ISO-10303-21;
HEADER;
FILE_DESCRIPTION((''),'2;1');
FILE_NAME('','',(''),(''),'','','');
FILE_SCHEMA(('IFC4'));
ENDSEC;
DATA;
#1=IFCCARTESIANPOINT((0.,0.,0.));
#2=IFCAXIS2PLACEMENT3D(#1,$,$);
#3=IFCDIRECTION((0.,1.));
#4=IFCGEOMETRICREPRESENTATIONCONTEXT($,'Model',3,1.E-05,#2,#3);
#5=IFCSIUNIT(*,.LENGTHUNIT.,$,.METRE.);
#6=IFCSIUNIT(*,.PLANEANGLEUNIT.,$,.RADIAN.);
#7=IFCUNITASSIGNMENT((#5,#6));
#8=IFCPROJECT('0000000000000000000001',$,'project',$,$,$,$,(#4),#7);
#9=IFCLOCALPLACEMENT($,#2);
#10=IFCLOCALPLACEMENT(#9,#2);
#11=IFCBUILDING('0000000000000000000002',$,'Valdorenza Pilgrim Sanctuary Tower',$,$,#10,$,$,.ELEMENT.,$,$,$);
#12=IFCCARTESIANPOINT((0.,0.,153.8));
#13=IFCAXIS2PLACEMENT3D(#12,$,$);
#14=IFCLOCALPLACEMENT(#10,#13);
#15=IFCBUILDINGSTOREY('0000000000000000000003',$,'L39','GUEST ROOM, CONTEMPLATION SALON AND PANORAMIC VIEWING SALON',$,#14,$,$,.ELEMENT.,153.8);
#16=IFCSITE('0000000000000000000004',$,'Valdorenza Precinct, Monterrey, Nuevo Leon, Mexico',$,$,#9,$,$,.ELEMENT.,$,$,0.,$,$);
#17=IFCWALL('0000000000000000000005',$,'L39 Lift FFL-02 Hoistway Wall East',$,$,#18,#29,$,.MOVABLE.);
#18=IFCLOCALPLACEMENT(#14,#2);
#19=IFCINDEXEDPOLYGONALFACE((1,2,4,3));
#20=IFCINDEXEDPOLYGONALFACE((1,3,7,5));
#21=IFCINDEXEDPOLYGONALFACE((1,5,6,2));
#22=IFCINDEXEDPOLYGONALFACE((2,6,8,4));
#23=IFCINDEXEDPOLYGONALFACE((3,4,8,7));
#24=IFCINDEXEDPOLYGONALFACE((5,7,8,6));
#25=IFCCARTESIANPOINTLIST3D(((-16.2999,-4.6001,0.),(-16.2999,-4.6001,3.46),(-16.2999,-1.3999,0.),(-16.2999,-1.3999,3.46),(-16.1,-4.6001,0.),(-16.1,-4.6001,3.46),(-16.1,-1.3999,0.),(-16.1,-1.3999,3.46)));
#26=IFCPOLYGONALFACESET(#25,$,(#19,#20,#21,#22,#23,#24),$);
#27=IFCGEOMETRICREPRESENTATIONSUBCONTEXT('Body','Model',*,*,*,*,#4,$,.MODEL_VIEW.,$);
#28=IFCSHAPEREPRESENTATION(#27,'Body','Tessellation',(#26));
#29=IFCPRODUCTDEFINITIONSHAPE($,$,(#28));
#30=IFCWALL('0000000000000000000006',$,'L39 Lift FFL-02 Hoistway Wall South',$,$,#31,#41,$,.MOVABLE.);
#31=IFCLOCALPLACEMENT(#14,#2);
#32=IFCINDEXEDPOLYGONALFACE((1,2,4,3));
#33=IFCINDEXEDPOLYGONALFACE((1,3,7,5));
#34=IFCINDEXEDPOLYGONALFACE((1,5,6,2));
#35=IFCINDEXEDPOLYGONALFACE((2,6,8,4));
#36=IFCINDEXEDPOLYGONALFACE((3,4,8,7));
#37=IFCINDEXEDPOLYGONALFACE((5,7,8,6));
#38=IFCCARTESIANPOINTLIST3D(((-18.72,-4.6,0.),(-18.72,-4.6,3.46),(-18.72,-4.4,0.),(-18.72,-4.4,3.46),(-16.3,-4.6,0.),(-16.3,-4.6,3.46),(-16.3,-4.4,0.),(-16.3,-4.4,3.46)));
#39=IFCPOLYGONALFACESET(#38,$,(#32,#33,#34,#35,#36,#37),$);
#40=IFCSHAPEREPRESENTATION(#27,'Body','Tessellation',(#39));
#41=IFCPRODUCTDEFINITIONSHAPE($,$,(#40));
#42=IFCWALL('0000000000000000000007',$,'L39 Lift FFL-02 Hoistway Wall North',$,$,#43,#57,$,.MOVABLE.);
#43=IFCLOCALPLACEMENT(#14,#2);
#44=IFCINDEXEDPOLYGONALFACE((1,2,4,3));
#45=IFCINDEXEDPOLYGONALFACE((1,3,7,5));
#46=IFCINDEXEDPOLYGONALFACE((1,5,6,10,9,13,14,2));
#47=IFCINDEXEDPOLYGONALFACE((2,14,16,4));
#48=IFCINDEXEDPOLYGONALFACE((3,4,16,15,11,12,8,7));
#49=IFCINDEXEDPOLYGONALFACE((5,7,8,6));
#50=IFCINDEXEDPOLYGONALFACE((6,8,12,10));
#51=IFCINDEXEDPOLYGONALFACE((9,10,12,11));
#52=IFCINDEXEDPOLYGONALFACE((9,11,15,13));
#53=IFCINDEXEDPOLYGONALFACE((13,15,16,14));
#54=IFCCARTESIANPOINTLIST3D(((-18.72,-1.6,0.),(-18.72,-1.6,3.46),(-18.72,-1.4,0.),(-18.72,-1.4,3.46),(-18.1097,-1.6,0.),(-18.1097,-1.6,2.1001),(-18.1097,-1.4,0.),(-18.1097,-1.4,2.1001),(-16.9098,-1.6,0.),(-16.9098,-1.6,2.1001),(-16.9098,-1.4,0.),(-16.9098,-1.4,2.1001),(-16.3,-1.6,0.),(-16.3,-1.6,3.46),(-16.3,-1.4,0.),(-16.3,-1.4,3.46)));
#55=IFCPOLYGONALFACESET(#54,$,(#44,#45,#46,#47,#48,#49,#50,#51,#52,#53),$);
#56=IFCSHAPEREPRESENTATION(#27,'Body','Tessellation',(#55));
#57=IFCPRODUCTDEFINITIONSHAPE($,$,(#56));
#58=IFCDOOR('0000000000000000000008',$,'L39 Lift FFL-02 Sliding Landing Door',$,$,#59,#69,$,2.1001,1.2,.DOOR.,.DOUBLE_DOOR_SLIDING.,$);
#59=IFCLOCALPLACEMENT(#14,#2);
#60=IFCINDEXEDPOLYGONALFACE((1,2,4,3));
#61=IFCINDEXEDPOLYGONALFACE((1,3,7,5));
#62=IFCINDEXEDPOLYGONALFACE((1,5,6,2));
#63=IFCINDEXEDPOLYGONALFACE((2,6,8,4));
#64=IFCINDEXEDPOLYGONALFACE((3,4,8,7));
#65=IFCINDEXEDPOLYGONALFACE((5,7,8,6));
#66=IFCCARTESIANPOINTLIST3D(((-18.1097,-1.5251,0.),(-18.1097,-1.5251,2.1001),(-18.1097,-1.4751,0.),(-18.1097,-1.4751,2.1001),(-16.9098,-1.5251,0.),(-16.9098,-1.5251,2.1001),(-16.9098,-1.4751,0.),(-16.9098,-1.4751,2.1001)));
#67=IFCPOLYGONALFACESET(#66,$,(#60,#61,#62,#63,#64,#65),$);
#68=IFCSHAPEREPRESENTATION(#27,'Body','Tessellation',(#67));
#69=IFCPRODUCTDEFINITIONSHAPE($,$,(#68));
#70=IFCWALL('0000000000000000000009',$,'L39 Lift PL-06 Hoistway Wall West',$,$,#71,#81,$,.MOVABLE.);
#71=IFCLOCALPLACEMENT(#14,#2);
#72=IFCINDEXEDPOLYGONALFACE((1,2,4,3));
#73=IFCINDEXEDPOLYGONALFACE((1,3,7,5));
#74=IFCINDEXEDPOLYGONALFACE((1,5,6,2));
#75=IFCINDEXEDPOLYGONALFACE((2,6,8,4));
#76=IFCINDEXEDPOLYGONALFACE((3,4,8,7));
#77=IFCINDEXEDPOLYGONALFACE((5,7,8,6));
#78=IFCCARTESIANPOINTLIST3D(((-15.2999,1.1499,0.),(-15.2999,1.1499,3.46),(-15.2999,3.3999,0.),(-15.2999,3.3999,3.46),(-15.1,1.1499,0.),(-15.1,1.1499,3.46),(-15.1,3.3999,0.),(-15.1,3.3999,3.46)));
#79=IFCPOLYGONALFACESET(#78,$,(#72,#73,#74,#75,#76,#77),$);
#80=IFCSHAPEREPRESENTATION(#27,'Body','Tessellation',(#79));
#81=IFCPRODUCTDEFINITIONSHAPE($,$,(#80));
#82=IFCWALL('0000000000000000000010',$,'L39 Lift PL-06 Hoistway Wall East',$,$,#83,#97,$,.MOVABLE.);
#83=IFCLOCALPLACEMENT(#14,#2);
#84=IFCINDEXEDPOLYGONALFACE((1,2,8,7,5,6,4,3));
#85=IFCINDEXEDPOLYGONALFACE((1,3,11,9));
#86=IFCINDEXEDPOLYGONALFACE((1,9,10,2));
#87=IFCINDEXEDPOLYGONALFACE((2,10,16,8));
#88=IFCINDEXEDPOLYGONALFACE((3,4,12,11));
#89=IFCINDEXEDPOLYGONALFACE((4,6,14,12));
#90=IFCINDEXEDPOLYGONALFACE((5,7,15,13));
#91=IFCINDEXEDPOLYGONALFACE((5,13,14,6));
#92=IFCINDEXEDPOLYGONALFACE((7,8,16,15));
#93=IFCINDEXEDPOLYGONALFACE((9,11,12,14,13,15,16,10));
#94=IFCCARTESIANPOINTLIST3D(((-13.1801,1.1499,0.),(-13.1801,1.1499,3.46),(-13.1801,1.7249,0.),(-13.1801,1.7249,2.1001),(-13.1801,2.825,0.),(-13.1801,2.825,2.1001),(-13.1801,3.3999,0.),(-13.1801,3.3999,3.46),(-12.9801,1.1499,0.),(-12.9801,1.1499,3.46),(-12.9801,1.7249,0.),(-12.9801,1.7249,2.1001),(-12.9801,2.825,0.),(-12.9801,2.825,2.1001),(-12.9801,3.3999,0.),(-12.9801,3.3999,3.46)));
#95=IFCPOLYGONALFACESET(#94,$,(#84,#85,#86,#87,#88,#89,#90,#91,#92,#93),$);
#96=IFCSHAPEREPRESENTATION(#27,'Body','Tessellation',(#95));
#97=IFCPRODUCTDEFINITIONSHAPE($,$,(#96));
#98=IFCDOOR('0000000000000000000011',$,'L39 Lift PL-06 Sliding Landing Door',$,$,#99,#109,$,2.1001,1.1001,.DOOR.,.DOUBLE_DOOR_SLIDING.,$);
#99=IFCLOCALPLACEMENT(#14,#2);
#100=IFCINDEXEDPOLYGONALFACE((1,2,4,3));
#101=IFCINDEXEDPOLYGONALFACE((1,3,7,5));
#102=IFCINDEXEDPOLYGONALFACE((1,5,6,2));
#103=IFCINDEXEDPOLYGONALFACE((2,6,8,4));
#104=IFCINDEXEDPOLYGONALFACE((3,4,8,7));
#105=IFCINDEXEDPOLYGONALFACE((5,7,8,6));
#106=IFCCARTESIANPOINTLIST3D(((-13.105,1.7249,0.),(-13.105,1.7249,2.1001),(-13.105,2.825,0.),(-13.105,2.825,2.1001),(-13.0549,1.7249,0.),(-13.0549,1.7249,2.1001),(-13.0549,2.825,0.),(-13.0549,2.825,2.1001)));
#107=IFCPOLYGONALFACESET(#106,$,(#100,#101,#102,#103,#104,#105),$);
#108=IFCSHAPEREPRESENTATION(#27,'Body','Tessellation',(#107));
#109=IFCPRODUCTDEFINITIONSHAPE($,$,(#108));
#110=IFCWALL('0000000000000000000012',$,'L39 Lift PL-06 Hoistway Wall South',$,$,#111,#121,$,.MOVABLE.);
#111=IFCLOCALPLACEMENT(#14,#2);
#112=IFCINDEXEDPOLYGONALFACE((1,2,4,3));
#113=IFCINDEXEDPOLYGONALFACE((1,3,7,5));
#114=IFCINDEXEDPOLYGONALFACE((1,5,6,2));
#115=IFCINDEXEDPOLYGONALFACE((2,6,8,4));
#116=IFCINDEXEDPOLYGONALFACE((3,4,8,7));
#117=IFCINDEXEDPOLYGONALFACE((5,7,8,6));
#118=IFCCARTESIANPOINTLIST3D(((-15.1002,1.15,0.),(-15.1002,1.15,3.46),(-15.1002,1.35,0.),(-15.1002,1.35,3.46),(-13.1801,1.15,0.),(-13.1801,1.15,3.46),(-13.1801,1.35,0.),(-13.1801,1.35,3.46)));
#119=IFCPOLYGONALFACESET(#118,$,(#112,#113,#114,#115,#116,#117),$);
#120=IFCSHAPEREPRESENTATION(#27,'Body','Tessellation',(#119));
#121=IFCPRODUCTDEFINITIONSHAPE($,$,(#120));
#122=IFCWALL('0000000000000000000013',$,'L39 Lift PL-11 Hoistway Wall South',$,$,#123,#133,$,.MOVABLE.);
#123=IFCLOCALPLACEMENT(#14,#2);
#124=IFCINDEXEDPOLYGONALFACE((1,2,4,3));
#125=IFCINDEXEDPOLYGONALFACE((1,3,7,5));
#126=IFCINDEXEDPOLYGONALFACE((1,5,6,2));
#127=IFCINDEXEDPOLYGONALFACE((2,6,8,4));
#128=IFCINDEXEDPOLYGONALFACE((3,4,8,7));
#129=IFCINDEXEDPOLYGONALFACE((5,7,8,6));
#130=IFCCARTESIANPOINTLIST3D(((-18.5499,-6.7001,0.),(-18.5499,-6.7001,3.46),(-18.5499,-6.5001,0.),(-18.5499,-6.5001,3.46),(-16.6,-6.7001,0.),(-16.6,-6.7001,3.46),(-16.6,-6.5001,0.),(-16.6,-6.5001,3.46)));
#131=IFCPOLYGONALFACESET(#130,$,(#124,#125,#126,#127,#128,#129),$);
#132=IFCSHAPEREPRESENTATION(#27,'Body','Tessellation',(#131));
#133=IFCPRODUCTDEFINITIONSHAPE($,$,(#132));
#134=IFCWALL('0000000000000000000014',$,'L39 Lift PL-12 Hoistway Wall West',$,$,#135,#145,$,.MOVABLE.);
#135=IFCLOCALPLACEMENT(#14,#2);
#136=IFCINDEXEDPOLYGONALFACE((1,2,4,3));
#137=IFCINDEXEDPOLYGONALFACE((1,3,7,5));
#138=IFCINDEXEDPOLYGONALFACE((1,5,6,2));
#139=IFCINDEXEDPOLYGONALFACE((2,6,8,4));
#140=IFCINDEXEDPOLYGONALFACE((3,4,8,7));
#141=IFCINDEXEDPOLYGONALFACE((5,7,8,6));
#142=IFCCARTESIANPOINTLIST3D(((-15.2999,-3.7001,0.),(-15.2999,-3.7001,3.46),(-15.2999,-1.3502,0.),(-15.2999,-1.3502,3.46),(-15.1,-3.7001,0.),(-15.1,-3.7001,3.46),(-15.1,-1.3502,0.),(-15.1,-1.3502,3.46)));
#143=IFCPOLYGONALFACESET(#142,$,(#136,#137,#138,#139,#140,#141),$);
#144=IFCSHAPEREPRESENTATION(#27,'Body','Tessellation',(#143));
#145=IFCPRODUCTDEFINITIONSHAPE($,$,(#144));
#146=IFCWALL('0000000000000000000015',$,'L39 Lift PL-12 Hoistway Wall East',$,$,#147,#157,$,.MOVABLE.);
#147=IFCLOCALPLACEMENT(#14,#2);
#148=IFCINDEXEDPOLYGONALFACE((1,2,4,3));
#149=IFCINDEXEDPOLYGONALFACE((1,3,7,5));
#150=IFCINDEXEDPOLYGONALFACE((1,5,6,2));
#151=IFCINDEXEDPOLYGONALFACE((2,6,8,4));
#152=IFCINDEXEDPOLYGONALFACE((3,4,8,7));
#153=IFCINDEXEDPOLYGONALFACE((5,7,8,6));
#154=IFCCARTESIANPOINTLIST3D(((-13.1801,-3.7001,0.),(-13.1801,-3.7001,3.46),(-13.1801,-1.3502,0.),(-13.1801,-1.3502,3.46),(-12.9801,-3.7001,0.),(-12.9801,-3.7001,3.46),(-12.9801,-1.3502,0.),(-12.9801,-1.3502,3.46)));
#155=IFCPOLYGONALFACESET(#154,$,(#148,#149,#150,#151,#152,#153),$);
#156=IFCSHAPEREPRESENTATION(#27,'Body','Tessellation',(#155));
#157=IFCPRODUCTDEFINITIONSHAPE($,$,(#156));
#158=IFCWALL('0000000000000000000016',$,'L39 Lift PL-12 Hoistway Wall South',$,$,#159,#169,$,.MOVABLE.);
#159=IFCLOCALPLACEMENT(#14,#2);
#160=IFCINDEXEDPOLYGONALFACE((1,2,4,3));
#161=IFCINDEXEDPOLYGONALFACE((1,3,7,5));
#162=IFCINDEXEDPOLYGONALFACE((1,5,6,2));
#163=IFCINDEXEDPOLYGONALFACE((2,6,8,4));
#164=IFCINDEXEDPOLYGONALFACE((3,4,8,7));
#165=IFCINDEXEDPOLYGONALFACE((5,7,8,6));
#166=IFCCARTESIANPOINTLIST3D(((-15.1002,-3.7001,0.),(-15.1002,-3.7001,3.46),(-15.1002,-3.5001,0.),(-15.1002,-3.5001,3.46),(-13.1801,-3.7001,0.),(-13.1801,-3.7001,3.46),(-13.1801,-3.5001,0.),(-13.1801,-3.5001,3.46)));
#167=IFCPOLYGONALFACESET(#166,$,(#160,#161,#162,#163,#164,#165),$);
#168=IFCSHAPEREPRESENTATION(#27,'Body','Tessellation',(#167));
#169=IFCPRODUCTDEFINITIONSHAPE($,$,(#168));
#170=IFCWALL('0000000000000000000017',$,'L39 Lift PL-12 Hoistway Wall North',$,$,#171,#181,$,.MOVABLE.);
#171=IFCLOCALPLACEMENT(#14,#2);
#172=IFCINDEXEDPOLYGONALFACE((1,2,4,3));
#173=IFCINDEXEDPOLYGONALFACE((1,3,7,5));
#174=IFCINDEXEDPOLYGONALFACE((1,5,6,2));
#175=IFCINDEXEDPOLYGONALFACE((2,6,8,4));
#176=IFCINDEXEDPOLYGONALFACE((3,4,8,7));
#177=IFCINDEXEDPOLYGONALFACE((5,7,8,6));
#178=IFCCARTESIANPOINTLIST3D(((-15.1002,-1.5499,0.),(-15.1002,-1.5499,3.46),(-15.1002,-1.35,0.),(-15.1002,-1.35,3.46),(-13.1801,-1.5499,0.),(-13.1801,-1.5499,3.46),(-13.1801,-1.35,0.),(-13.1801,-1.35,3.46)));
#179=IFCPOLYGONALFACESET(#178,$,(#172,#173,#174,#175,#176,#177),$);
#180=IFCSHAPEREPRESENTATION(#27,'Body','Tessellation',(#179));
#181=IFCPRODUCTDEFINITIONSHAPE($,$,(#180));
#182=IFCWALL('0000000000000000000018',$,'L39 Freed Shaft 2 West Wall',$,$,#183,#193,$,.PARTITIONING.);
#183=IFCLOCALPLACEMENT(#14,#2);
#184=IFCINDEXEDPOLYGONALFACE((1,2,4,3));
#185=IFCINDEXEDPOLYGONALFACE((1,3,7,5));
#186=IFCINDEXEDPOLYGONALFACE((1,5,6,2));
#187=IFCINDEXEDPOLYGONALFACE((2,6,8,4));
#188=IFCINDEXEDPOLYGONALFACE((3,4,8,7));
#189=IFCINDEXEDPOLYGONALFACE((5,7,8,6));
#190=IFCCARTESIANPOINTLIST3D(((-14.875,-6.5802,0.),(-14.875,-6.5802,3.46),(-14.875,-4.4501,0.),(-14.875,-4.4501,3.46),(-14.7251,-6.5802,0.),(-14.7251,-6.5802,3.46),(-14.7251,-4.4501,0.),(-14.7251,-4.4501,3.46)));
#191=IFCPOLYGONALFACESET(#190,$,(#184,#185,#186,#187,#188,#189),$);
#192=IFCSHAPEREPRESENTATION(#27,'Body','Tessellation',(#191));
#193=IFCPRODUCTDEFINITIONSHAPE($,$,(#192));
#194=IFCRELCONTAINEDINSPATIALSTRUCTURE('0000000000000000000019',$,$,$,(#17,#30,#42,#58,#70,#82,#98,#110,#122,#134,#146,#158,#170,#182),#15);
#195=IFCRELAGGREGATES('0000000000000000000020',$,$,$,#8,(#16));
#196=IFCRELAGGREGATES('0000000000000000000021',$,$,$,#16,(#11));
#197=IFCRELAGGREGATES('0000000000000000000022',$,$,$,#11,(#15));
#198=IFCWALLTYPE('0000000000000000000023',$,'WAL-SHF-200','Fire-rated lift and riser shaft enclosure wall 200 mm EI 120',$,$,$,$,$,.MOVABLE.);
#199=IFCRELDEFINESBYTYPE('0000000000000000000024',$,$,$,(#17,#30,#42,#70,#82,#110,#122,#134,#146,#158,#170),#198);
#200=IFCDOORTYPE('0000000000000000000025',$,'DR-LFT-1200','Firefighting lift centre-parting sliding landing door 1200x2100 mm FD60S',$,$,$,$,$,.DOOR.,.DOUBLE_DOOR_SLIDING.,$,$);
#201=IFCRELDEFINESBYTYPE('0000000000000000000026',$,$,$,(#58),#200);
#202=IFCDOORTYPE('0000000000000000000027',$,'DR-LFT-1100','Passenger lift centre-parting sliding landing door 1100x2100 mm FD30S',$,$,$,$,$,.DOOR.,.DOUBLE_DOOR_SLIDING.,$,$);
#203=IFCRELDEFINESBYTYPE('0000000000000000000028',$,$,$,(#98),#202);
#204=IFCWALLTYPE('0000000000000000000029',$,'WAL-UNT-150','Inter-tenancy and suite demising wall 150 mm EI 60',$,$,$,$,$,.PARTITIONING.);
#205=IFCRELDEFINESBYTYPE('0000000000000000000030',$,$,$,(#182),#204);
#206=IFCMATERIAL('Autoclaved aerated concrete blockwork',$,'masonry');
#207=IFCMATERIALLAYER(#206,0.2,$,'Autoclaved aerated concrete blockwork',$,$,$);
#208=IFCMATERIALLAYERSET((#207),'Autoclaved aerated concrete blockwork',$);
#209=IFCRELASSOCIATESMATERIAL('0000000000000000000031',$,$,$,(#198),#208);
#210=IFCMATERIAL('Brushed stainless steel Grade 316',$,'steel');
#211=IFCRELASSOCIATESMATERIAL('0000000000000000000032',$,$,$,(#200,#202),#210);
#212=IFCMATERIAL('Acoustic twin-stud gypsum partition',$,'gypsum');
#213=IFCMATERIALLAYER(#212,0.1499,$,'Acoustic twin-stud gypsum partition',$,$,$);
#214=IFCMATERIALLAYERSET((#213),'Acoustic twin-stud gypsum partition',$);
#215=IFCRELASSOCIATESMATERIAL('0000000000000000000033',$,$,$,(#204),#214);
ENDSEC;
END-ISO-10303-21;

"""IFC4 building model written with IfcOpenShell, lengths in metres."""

from ifc_helpers import new_model, si_unit, direction, frame, frame_2d, origin, place, context, subcontext, project, spatial, rectangle, extrude, material, layer, layer_set, type_object, element, fill, save


model = new_model("IFC4")

# Units and contexts
model_context = context("Model", 3, precision=1e-05, world=origin(), true_north=direction((0.0, 1.0)))
body_context = subcontext(model_context, "Body", "Model", "MODEL_VIEW")
ifc_project = project(units=[si_unit("LENGTHUNIT", "METRE"), si_unit("PLANEANGLEUNIT", "RADIAN")], contexts=[model_context])

# Site, building, storey
site_placement = place(None, origin())
site = spatial("IfcSite", under=ifc_project, at=site_placement, Name="Valdorenza Precinct, Monterrey, Nuevo Leon, Mexico", CompositionType="ELEMENT", RefElevation=0.0)
building_placement = place(site_placement, origin())
building = spatial("IfcBuilding", under=site, at=building_placement, Name="Valdorenza Pilgrim Sanctuary Tower", CompositionType="ELEMENT")
storey_placement = place(building_placement, frame((0.0, 0.0, 153.8)))
storey = spatial("IfcBuildingStorey", under=building, at=storey_placement, Name="L39", Description="GUEST ROOM, CONTEMPLATION SALON AND PANORAMIC VIEWING SALON", CompositionType="ELEMENT", Elevation=153.8)

# Shared definitions
ifc_material_1 = material(Name="Acoustic twin-stud gypsum partition", Category="gypsum")

# Walls
ifc_material_2 = material(Name="Autoclaved aerated concrete blockwork", Category="masonry")
ifc_layer_1 = layer(ifc_material_2, 0.2, Name="Autoclaved aerated concrete blockwork")
ifc_layer_set_1 = layer_set([ifc_layer_1], Name="Autoclaved aerated concrete blockwork")
wall_type_1 = type_object("IfcWallType", Name="WAL-SHF-200", Description="Fire-rated lift and riser shaft enclosure wall 200 mm EI 120", PredefinedType="MOVABLE", material=ifc_layer_set_1)
wall_1_placement = place(storey_placement, frame((-16.2, -4.6001, 0.0), z_axis=(0.0, 0.0, 1.0), x_axis=(0.0, 1.0, 0.0)))
element("IfcWall", 1, at=wall_1_placement, inside=storey, type_object=wall_type_1, Name="L39 Lift FFL-02 Hoistway Wall East", PredefinedType="MOVABLE", context=body_context, shape_type="SweptSolid", body=[
    extrude(rectangle(XDim=3.2002, YDim=0.2, at=frame_2d((1.6001, 0.0))), origin(), (0.0, 0.0, 1.0), 3.46),
])
wall_2_placement = place(storey_placement, frame((-18.72, -4.5, 0.0), z_axis=(0.0, 0.0, 1.0), x_axis=(1.0, 0.0, 0.0)))
element("IfcWall", 2, at=wall_2_placement, inside=storey, type_object=wall_type_1, Name="L39 Lift FFL-02 Hoistway Wall South", PredefinedType="MOVABLE", context=body_context, shape_type="SweptSolid", body=[
    extrude(rectangle(XDim=2.4199, YDim=0.2, at=frame_2d((1.21, 0.0))), origin(), (0.0, 0.0, 1.0), 3.46),
])

# Wall, opening, door
wall_3_placement = place(storey_placement, frame((-18.72, -1.5, 0.0), z_axis=(0.0, 0.0, 1.0), x_axis=(1.0, 0.0, 0.0)))
wall_3 = element("IfcWall", 3, at=wall_3_placement, inside=storey, type_object=wall_type_1, Name="L39 Lift FFL-02 Hoistway Wall North", PredefinedType="MOVABLE", context=body_context, shape_type="SweptSolid", body=[
    extrude(rectangle(XDim=2.4199, YDim=0.2, at=frame_2d((1.21, 0.0))), origin(), (0.0, 0.0, 1.0), 3.46),
])
opening_1_placement = place(wall_3_placement, frame((0.6101, 0.0, 0.0)))
opening_1 = element("IfcOpeningElement", 4, at=opening_1_placement, cuts=wall_3, PredefinedType="OPENING", context=body_context, shape_type="SweptSolid", body=[
    extrude(rectangle(XDim=1.2, YDim=2.1001, at=frame_2d((0.6001, 1.05))), frame((0.0, 0.1147, 0.0), z_axis=(0.0, -1.0, 0.0), x_axis=(1.0, 0.0, 0.0)), (0.0, 0.0, 1.0), 0.2297),
])
ifc_material_3 = material(Name="Brushed stainless steel Grade 316", Category="steel")
door_type_1 = type_object("IfcDoorType", Name="DR-LFT-1200", Description="Firefighting lift centre-parting sliding landing door 1200x2100 mm FD60S", OperationType="DOUBLE_DOOR_SLIDING", PredefinedType="DOOR", material=ifc_material_3)
door_1_placement = place(opening_1_placement, origin())
door_1 = element("IfcDoor", 5, at=door_1_placement, inside=storey, type_object=door_type_1, Name="L39 Lift FFL-02 Sliding Landing Door", OperationType="DOUBLE_DOOR_SLIDING", OverallHeight=2.1001, OverallWidth=1.2, PredefinedType="DOOR", context=body_context, shape_type="SweptSolid", body=[
    extrude(rectangle(XDim=1.2, YDim=2.1001, at=frame_2d((0.6001, 1.05))), frame((0.0, 0.0249, 0.0), z_axis=(0.0, -1.0, 0.0), x_axis=(1.0, 0.0, 0.0)), (0.0, 0.0, 1.0), 0.05),
])
fill(opening_1, door_1)

# Wall
wall_4_placement = place(storey_placement, frame((-15.2, 1.1499, 0.0), z_axis=(0.0, 0.0, 1.0), x_axis=(0.0, 1.0, 0.0)))
element("IfcWall", 6, at=wall_4_placement, inside=storey, type_object=wall_type_1, Name="L39 Lift PL-06 Hoistway Wall West", PredefinedType="MOVABLE", context=body_context, shape_type="SweptSolid", body=[
    extrude(rectangle(XDim=2.25, YDim=0.2, at=frame_2d((1.125, 0.0))), origin(), (0.0, 0.0, 1.0), 3.46),
])

# Wall, opening, door
wall_5_placement = place(storey_placement, frame((-13.0801, 1.1499, 0.0), z_axis=(0.0, 0.0, 1.0), x_axis=(0.0, 1.0, 0.0)))
wall_5 = element("IfcWall", 7, at=wall_5_placement, inside=storey, type_object=wall_type_1, Name="L39 Lift PL-06 Hoistway Wall East", PredefinedType="MOVABLE", context=body_context, shape_type="SweptSolid", body=[
    extrude(rectangle(XDim=2.25, YDim=0.2, at=frame_2d((1.125, 0.0))), origin(), (0.0, 0.0, 1.0), 3.46),
])
opening_2_placement = place(wall_5_placement, frame((0.575, 0.0, 0.0)))
opening_2 = element("IfcOpeningElement", 8, at=opening_2_placement, cuts=wall_5, PredefinedType="OPENING", context=body_context, shape_type="SweptSolid", body=[
    extrude(rectangle(XDim=1.1001, YDim=2.1001, at=frame_2d((0.55, 1.05))), frame((0.0, 0.1147, 0.0), z_axis=(0.0, -1.0, 0.0), x_axis=(1.0, 0.0, 0.0)), (0.0, 0.0, 1.0), 0.2297),
])
door_type_2 = type_object("IfcDoorType", Name="DR-LFT-1100", Description="Passenger lift centre-parting sliding landing door 1100x2100 mm FD30S", OperationType="DOUBLE_DOOR_SLIDING", PredefinedType="DOOR", material=ifc_material_3)
door_2_placement = place(opening_2_placement, origin())
door_2 = element("IfcDoor", 9, at=door_2_placement, inside=storey, type_object=door_type_2, Name="L39 Lift PL-06 Sliding Landing Door", OperationType="DOUBLE_DOOR_SLIDING", OverallHeight=2.1001, OverallWidth=1.1001, PredefinedType="DOOR", context=body_context, shape_type="SweptSolid", body=[
    extrude(rectangle(XDim=1.1001, YDim=2.1001, at=frame_2d((0.55, 1.05))), frame((0.0, 0.0249, 0.0), z_axis=(0.0, -1.0, 0.0), x_axis=(1.0, 0.0, 0.0)), (0.0, 0.0, 1.0), 0.05),
])
fill(opening_2, door_2)

# Walls
wall_6_placement = place(storey_placement, frame((-15.1001, 1.25, 0.0), z_axis=(0.0, 0.0, 1.0), x_axis=(1.0, 0.0, 0.0)))
element("IfcWall", 10, at=wall_6_placement, inside=storey, type_object=wall_type_1, Name="L39 Lift PL-06 Hoistway Wall South", PredefinedType="MOVABLE", context=body_context, shape_type="SweptSolid", body=[
    extrude(rectangle(XDim=1.9202, YDim=0.2, at=frame_2d((0.96, 0.0))), origin(), (0.0, 0.0, 1.0), 3.46),
])
wall_7_placement = place(storey_placement, frame((-18.55, -6.6001, 0.0), z_axis=(0.0, 0.0, 1.0), x_axis=(1.0, 0.0, 0.0)))
element("IfcWall", 11, at=wall_7_placement, inside=storey, type_object=wall_type_1, Name="L39 Lift PL-11 Hoistway Wall South", PredefinedType="MOVABLE", context=body_context, shape_type="SweptSolid", body=[
    extrude(rectangle(XDim=1.95, YDim=0.2, at=frame_2d((0.9751, 0.0))), origin(), (0.0, 0.0, 1.0), 3.46),
])
for number, where, z_axis, x_axis, name in (
    (12, (-15.2, -3.7, 0.0), (0.0, 0.0, 1.0), (0.0, 1.0, 0.0), "L39 Lift PL-12 Hoistway Wall West"),
    (13, (-13.0801, -3.7, 0.0), (0.0, 0.0, 1.0), (0.0, 1.0, 0.0), "L39 Lift PL-12 Hoistway Wall East"),
):
    element("IfcWall", number, at=place(storey_placement, frame(where, z_axis=z_axis, x_axis=x_axis)), inside=storey, type_object=wall_type_1, Name=name, PredefinedType="MOVABLE", context=body_context, shape_type="SweptSolid", body=[
        extrude(rectangle(XDim=2.3499, YDim=0.2, at=frame_2d((1.1748, 0.0))), origin(), (0.0, 0.0, 1.0), 3.46),
    ])
for number, where, z_axis, x_axis, name in (
    (14, (-15.1001, -3.6001, 0.0), (0.0, 0.0, 1.0), (1.0, 0.0, 0.0), "L39 Lift PL-12 Hoistway Wall South"),
    (15, (-15.1001, -1.45, 0.0), (0.0, 0.0, 1.0), (1.0, 0.0, 0.0), "L39 Lift PL-12 Hoistway Wall North"),
):
    element("IfcWall", number, at=place(storey_placement, frame(where, z_axis=z_axis, x_axis=x_axis)), inside=storey, type_object=wall_type_1, Name=name, PredefinedType="MOVABLE", context=body_context, shape_type="SweptSolid", body=[
        extrude(rectangle(XDim=1.9202, YDim=0.2, at=frame_2d((0.96, 0.0))), origin(), (0.0, 0.0, 1.0), 3.46),
    ])
ifc_layer_2 = layer(ifc_material_1, 0.1499, Name="Acoustic twin-stud gypsum partition")
ifc_layer_set_2 = layer_set([ifc_layer_2], Name="Acoustic twin-stud gypsum partition")
wall_type_2 = type_object("IfcWallType", Name="WAL-UNT-150", Description="Inter-tenancy and suite demising wall 150 mm EI 60", PredefinedType="PARTITIONING", material=ifc_layer_set_2)
wall_8_placement = place(storey_placement, frame((-14.8, -6.5801, 0.0), z_axis=(0.0, 0.0, 1.0), x_axis=(0.0, 1.0, 0.0)))
element("IfcWall", 16, at=wall_8_placement, inside=storey, type_object=wall_type_2, Name="L39 Freed Shaft 2 West Wall", PredefinedType="PARTITIONING", context=body_context, shape_type="SweptSolid", body=[
    extrude(rectangle(XDim=2.1301, YDim=0.1499, at=frame_2d((1.0649, 0.0))), origin(), (0.0, 0.0, 1.0), 3.46),
])

save(model, "model.ifc")
